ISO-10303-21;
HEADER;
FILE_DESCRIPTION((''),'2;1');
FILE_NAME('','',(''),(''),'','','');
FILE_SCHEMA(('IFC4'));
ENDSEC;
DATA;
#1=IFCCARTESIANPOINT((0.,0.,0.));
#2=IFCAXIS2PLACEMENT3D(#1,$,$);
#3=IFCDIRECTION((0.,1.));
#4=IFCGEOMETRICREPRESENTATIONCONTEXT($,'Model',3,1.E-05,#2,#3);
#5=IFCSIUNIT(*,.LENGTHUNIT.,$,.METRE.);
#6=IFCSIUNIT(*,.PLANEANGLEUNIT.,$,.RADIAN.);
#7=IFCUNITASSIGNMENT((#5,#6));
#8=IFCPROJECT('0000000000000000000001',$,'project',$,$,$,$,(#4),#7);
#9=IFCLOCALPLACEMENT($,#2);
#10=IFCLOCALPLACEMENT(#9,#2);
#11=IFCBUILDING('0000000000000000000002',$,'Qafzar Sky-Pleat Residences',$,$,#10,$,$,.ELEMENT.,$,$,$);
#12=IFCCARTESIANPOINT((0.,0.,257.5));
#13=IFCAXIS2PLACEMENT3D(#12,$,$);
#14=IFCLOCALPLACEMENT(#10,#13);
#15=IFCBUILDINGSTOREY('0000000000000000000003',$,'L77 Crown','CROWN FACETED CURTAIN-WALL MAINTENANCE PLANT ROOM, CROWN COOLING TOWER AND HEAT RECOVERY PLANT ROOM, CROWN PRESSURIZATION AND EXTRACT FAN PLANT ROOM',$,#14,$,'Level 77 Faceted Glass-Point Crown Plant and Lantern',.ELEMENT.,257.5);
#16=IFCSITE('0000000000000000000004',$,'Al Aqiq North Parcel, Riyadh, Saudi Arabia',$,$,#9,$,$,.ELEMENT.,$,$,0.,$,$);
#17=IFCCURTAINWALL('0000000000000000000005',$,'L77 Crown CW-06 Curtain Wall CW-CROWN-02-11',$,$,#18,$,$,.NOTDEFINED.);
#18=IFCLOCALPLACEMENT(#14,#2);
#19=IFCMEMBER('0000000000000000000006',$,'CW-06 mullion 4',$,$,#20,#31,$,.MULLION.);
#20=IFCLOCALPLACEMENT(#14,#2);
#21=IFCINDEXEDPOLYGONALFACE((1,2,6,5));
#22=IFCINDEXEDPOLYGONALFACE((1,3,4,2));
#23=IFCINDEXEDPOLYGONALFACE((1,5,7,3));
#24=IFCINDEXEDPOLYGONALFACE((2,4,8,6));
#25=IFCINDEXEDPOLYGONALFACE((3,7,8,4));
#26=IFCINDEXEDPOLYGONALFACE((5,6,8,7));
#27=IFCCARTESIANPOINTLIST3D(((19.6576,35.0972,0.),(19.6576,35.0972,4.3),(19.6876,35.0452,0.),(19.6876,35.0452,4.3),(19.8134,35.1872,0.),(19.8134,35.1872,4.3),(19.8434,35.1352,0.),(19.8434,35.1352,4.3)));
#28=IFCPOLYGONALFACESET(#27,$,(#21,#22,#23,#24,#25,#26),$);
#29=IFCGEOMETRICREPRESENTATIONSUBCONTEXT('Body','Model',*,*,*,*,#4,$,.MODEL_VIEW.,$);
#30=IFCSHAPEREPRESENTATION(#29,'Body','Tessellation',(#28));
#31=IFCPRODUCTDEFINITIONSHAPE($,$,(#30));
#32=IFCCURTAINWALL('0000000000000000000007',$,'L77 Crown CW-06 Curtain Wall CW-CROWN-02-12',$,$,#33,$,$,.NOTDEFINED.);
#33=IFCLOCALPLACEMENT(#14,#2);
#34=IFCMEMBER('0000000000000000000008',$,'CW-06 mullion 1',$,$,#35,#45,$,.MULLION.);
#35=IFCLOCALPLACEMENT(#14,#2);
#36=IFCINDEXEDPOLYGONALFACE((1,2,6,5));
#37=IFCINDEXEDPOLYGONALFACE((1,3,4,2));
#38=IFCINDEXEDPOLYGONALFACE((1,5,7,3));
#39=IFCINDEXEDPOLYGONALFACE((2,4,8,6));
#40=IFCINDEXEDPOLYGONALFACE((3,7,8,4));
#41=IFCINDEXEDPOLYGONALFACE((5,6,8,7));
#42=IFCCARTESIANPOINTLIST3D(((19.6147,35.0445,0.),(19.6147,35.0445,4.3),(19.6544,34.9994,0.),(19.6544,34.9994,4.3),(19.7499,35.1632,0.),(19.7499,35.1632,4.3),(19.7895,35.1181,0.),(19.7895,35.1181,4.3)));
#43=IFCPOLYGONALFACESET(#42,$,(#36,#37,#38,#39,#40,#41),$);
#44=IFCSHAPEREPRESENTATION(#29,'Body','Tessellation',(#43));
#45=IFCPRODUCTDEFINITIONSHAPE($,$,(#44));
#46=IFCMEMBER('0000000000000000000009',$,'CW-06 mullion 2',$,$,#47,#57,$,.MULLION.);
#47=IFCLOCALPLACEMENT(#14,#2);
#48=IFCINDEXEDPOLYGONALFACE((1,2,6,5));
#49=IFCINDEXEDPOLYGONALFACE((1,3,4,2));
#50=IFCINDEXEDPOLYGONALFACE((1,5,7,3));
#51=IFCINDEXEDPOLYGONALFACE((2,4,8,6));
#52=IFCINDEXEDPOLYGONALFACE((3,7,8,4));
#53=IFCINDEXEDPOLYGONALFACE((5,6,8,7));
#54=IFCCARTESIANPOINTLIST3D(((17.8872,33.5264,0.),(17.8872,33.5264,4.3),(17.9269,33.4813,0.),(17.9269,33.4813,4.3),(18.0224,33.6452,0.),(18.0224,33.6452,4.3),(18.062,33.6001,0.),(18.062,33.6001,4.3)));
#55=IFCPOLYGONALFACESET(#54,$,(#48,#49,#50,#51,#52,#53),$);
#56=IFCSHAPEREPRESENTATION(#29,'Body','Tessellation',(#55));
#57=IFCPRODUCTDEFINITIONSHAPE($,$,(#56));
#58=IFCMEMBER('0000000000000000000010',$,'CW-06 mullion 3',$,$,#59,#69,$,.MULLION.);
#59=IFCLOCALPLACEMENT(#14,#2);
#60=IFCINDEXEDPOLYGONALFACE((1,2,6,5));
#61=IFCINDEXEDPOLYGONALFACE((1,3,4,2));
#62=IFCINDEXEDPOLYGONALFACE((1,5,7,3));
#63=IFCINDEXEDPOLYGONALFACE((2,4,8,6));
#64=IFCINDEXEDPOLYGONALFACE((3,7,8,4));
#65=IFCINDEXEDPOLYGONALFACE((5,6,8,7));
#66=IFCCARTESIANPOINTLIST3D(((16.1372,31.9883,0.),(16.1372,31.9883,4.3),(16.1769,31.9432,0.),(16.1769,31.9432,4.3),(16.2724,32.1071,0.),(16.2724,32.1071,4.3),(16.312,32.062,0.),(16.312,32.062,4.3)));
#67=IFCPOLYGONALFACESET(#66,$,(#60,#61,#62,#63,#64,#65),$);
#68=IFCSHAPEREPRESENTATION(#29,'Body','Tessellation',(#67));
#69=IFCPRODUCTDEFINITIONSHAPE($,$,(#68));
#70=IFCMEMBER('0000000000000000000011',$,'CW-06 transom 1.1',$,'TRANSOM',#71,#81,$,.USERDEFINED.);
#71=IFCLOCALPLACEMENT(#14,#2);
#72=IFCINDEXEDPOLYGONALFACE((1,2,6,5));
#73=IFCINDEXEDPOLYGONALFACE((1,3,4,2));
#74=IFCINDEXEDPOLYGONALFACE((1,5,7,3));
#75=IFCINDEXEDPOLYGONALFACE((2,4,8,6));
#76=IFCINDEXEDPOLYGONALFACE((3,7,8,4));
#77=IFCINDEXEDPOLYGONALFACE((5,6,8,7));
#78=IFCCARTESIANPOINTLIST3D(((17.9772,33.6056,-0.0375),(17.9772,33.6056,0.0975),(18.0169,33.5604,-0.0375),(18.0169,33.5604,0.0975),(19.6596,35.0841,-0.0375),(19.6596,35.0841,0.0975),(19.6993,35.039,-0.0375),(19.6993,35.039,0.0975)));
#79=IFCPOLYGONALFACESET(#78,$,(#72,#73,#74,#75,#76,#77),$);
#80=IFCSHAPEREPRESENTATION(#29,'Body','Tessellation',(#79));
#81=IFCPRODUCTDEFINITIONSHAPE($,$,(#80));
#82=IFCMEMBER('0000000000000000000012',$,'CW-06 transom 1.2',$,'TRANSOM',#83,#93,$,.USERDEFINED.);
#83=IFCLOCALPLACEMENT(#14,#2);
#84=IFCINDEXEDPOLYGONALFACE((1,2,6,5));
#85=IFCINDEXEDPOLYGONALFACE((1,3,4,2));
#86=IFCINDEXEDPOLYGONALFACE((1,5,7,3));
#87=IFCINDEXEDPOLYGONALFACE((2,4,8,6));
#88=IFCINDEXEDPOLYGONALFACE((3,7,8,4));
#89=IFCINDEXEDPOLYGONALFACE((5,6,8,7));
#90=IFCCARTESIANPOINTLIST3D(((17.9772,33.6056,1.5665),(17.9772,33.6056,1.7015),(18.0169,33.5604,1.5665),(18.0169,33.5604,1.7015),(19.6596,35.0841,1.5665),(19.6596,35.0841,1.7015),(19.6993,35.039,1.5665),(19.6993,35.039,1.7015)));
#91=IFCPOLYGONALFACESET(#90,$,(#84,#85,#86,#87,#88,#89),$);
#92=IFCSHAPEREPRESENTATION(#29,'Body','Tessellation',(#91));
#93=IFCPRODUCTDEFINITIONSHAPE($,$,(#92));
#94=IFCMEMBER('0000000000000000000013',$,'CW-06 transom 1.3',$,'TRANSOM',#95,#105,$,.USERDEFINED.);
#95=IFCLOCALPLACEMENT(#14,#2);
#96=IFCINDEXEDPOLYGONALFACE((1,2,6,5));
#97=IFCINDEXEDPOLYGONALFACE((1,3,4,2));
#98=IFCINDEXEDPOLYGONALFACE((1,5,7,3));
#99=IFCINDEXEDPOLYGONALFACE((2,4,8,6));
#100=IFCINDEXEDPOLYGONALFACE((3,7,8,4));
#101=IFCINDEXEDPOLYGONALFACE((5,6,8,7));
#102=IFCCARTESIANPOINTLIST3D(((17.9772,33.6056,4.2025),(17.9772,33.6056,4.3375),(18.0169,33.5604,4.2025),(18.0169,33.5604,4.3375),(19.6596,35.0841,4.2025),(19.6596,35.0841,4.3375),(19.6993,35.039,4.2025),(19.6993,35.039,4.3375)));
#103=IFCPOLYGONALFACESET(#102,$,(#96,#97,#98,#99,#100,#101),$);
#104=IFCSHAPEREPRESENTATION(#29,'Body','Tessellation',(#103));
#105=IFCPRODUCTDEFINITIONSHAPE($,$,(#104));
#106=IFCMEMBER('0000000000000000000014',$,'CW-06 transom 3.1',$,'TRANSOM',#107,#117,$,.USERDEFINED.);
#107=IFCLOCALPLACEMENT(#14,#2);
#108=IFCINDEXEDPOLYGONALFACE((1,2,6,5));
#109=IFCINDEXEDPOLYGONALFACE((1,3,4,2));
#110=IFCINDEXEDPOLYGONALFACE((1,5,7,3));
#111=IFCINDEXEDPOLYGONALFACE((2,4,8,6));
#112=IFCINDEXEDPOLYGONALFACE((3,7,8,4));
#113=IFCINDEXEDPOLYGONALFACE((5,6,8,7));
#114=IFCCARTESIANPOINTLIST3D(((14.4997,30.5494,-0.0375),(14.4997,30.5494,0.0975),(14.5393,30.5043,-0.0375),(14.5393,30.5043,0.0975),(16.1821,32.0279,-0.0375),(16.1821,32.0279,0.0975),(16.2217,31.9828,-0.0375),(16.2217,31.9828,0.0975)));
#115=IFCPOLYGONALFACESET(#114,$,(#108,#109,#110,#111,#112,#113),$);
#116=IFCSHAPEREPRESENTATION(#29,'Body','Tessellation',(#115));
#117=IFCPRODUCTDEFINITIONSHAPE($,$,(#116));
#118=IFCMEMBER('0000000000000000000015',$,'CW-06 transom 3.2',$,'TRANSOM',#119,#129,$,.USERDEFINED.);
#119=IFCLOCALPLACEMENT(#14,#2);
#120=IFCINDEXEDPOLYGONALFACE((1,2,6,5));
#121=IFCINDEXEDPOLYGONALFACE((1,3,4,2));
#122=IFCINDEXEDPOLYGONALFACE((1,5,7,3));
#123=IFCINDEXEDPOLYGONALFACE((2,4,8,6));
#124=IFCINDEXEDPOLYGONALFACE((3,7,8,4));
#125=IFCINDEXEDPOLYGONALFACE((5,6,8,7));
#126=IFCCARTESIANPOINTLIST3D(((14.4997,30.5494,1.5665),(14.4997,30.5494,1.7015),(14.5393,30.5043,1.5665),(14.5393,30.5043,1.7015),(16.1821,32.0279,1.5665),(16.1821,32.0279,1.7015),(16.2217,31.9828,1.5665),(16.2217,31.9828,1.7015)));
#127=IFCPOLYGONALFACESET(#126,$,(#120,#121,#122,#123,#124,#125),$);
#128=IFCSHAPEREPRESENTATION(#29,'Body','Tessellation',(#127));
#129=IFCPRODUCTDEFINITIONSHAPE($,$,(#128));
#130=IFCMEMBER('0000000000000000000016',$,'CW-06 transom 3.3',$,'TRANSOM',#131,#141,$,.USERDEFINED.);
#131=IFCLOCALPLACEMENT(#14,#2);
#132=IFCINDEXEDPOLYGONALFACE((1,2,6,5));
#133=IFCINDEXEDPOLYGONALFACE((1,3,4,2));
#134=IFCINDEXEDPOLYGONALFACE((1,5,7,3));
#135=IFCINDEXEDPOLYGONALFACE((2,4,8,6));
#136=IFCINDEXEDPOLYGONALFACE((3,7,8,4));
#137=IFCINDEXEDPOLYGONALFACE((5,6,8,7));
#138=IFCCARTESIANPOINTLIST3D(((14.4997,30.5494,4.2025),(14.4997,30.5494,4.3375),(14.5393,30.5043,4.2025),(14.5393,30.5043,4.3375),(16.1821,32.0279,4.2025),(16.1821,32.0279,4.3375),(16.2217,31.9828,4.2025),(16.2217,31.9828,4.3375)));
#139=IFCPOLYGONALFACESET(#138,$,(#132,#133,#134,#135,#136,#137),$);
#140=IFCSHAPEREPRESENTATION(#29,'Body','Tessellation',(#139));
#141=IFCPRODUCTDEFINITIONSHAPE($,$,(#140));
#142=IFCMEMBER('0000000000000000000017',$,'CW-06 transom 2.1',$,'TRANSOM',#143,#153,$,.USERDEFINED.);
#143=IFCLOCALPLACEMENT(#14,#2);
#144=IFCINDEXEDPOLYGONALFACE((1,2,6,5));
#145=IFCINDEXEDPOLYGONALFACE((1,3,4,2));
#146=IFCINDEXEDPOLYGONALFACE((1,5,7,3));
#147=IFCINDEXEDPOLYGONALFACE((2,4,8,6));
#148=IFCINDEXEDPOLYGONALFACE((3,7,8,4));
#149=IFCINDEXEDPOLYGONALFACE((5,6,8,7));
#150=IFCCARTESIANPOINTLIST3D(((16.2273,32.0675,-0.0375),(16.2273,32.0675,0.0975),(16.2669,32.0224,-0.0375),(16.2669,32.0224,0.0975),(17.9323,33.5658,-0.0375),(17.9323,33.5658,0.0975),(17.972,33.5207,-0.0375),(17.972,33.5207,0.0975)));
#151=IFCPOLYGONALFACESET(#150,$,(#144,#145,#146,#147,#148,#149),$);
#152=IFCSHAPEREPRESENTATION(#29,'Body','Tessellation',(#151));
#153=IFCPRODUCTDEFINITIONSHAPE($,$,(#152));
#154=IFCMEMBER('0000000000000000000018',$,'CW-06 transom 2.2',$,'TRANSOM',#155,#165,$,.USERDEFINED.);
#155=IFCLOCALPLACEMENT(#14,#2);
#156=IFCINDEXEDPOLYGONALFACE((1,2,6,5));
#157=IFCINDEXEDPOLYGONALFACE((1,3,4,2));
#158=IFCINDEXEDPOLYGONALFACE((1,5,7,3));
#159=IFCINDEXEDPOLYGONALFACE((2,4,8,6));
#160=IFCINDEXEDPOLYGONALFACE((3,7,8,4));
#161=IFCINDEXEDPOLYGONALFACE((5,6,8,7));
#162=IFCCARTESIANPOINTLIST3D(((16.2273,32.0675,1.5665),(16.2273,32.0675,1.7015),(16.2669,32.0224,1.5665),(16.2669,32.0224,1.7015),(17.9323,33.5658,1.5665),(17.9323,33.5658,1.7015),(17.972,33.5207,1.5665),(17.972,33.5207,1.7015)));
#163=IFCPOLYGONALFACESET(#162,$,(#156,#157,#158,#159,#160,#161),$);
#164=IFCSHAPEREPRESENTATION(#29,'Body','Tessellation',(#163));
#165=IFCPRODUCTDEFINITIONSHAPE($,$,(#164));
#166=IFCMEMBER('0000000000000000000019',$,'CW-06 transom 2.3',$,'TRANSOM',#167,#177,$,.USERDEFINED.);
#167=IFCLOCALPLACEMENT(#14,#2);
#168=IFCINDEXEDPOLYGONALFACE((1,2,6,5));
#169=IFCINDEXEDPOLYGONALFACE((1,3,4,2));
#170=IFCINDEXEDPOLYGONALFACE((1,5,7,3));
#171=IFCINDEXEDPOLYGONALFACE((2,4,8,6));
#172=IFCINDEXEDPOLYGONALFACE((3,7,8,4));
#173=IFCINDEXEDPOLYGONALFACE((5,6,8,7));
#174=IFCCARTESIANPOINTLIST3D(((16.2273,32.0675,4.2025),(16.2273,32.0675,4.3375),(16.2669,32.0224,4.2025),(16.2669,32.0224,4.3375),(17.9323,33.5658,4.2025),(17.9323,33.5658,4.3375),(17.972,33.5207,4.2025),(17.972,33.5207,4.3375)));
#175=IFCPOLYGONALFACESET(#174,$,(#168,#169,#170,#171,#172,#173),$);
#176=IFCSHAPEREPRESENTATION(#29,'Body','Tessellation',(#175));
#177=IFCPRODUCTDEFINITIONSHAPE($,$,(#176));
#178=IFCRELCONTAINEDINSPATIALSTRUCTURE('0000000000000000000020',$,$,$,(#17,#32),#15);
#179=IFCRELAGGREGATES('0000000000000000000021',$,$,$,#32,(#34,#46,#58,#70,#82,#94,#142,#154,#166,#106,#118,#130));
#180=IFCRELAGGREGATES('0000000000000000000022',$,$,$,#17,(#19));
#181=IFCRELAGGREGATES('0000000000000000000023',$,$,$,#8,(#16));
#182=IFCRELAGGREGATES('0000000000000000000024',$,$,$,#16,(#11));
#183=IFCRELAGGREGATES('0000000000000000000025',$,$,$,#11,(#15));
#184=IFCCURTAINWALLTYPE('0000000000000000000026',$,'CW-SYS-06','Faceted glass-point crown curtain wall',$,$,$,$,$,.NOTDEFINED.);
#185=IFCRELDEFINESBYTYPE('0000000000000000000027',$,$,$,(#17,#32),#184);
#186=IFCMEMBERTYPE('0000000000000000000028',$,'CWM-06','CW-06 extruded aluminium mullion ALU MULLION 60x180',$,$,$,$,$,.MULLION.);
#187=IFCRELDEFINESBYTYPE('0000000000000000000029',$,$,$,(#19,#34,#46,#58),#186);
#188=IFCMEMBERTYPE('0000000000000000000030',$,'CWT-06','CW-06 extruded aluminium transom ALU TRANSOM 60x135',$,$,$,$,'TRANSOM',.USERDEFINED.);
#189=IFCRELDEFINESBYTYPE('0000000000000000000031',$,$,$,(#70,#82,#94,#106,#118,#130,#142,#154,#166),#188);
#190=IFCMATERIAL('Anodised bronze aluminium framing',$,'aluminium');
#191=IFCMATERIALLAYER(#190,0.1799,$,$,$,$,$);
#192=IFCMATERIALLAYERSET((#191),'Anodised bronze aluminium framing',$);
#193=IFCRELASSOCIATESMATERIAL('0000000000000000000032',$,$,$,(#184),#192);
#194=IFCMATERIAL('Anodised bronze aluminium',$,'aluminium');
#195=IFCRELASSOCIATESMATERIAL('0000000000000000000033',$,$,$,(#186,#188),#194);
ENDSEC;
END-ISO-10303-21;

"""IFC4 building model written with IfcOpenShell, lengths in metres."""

from ifc_helpers import new_model, si_unit, direction, frame, origin, origin_2d, place, context, subcontext, project, spatial, rectangle, extrude, source, transform, mapped, material, layer, layer_set, material_profile, profile_set, type_object, element, aggregate, save


model = new_model("IFC4")

# Units and contexts
model_context = context("Model", 3, precision=1e-05, world=origin(), true_north=direction((0.0, 1.0)))
body_context = subcontext(model_context, "Body", "Model", "MODEL_VIEW")
ifc_project = project(units=[si_unit("LENGTHUNIT", "METRE"), si_unit("PLANEANGLEUNIT", "RADIAN")], contexts=[model_context])

# Site, building, storey
site_placement = place(None, origin())
site = spatial("IfcSite", under=ifc_project, at=site_placement, Name="Al Aqiq North Parcel, Riyadh, Saudi Arabia", CompositionType="ELEMENT", RefElevation=0.0)
building_placement = place(site_placement, origin())
building = spatial("IfcBuilding", under=site, at=building_placement, Name="Qafzar Sky-Pleat Residences", CompositionType="ELEMENT")
storey_placement = place(building_placement, frame((0.0, 0.0, 257.5)))
storey = spatial("IfcBuildingStorey", under=building, at=storey_placement, Name="L77 Crown", Description="CROWN FACETED CURTAIN-WALL MAINTENANCE PLANT ROOM, CROWN COOLING TOWER AND HEAT RECOVERY PLANT ROOM, CROWN PRESSURIZATION AND EXTRACT FAN PLANT ROOM", LongName="Level 77 Faceted Glass-Point Crown Plant and Lantern", CompositionType="ELEMENT", Elevation=257.5)

# Curtain wall, member
ifc_material_1 = material(Name="Anodised bronze aluminium framing", Category="aluminium")
ifc_layer_1 = layer(ifc_material_1, 0.1799)
ifc_layer_set_1 = layer_set([ifc_layer_1], Name="Anodised bronze aluminium framing")
curtain_wall_type = type_object("IfcCurtainWallType", Name="CW-SYS-06", Description="Faceted glass-point crown curtain wall", PredefinedType="NOTDEFINED", material=ifc_layer_set_1)
curtain_wall_1_placement = place(storey_placement, origin())
curtain_wall_1 = element("IfcCurtainWall", 1, at=curtain_wall_1_placement, inside=storey, type_object=curtain_wall_type, Name="L77 Crown CW-06 Curtain Wall CW-CROWN-02-11", PredefinedType="NOTDEFINED")
ifc_material_2 = material(Name="Anodised bronze aluminium", Category="aluminium")
ifc_material_profile_1 = material_profile(ifc_material_2, rectangle(XDim=0.0601, YDim=0.1799, at=origin_2d()), Name="ALU MULLION 60x180")
ifc_profile_set_1 = profile_set([ifc_material_profile_1], Name="Anodised bronze aluminium")
member_type_1 = type_object("IfcMemberType", Name="CWM-06", Description="CW-06 extruded aluminium mullion ALU MULLION 60x180", PredefinedType="MULLION", material=ifc_profile_set_1)
shared_shape_1 = source(origin(), body_context, "Body", "SweptSolid", [
    extrude(rectangle(XDim=0.0601, YDim=0.1799, at=origin_2d()), origin(), (0.0, 0.0, 1.0), 4.3),
])
member_1_placement = place(storey_placement, frame((19.7505, 35.1162, 0.0), z_axis=(0.0, 0.0, 1.0), x_axis=(0.499999, -0.866026, 0.0)))
member_1 = element("IfcMember", 2, at=member_1_placement, type_object=member_type_1, Name="CW-06 mullion 4", PredefinedType="MULLION", context=body_context, shape_type="MappedRepresentation", body=[
    mapped(shared_shape_1, transform((0.0, 0.0, 0.0), x_axis=(1.0, 0.0, 0.0), y_axis=(0.0, 1.0, 0.0), z_axis=(0.0, 0.0, 1.0), scale=1.0)),
])

# Curtain wall, members
curtain_wall_2_placement = place(storey_placement, origin())
curtain_wall_2 = element("IfcCurtainWall", 3, at=curtain_wall_2_placement, inside=storey, type_object=curtain_wall_type, Name="L77 Crown CW-06 Curtain Wall CW-CROWN-02-12", PredefinedType="NOTDEFINED")
member_2_placement = place(storey_placement, frame((19.7021, 35.0813, 0.0), z_axis=(0.0, 0.0, 1.0), x_axis=(0.660129, -0.751152, 0.0)))
member_2 = element("IfcMember", 4, at=member_2_placement, type_object=member_type_1, Name="CW-06 mullion 1", PredefinedType="MULLION", context=body_context, shape_type="MappedRepresentation", body=[
    mapped(shared_shape_1, transform((0.0, 0.0, 0.0), x_axis=(1.0, 0.0, 0.0), y_axis=(0.0, 1.0, 0.0), z_axis=(0.0, 0.0, 1.0), scale=1.0)),
])
member_3_placement = place(storey_placement, frame((17.9746, 33.5632, 0.0), z_axis=(0.0, 0.0, 1.0), x_axis=(0.660129, -0.751152, 0.0)))
member_3 = element("IfcMember", 5, at=member_3_placement, type_object=member_type_1, Name="CW-06 mullion 2", PredefinedType="MULLION", context=body_context, shape_type="MappedRepresentation", body=[
    mapped(shared_shape_1, transform((0.0, 0.0, 0.0), x_axis=(1.0, 0.0, 0.0), y_axis=(0.0, 1.0, 0.0), z_axis=(0.0, 0.0, 1.0), scale=1.0)),
])
member_4_placement = place(storey_placement, frame((16.2246, 32.0251, 0.0), z_axis=(0.0, 0.0, 1.0), x_axis=(0.660129, -0.751152, 0.0)))
member_4 = element("IfcMember", 6, at=member_4_placement, type_object=member_type_1, Name="CW-06 mullion 3", PredefinedType="MULLION", context=body_context, shape_type="MappedRepresentation", body=[
    mapped(shared_shape_1, transform((0.0, 0.0, 0.0), x_axis=(1.0, 0.0, 0.0), y_axis=(0.0, 1.0, 0.0), z_axis=(0.0, 0.0, 1.0), scale=1.0)),
])
ifc_material_profile_2 = material_profile(ifc_material_2, rectangle(XDim=0.0601, YDim=0.135, at=origin_2d()), Name="ALU TRANSOM 60x135")
ifc_profile_set_2 = profile_set([ifc_material_profile_2], Name="Anodised bronze aluminium")
member_type_2 = type_object("IfcMemberType", Name="CWT-06", Description="CW-06 extruded aluminium transom ALU TRANSOM 60x135", ElementType="TRANSOM", PredefinedType="USERDEFINED", material=ifc_profile_set_2)
shared_shape_2 = source(origin(), body_context, "Body", "SweptSolid", [
    extrude(rectangle(XDim=0.0601, YDim=0.135, at=origin_2d()), origin(), (0.0, 0.0, 1.0), 2.2397),
])
member_5_placement = place(storey_placement, frame((19.6794, 35.0615, 0.03), z_axis=(-0.75115, -0.660131, 0.0), x_axis=(0.660131, -0.75115, 0.0)))
member_5 = element("IfcMember", 7, at=member_5_placement, type_object=member_type_2, Name="CW-06 transom 1.1", ObjectType="TRANSOM", PredefinedType="USERDEFINED", context=body_context, shape_type="MappedRepresentation", body=[
    mapped(shared_shape_2, transform((0.0, 0.0, 0.0), x_axis=(1.0, 0.0, 0.0), y_axis=(0.0, 1.0, 0.0), z_axis=(0.0, 0.0, 1.0), scale=1.0)),
])
member_6_placement = place(storey_placement, frame((19.6794, 35.0615, 1.634), z_axis=(-0.75115, -0.660131, 0.0), x_axis=(0.660131, -0.75115, 0.0)))
member_6 = element("IfcMember", 8, at=member_6_placement, type_object=member_type_2, Name="CW-06 transom 1.2", ObjectType="TRANSOM", PredefinedType="USERDEFINED", context=body_context, shape_type="MappedRepresentation", body=[
    mapped(shared_shape_2, transform((0.0, 0.0, 0.0), x_axis=(1.0, 0.0, 0.0), y_axis=(0.0, 1.0, 0.0), z_axis=(0.0, 0.0, 1.0), scale=1.0)),
])
member_7_placement = place(storey_placement, frame((19.6794, 35.0615, 4.27), z_axis=(-0.75115, -0.660131, 0.0), x_axis=(0.660131, -0.75115, 0.0)))
member_7 = element("IfcMember", 9, at=member_7_placement, type_object=member_type_2, Name="CW-06 transom 1.3", ObjectType="TRANSOM", PredefinedType="USERDEFINED", context=body_context, shape_type="MappedRepresentation", body=[
    mapped(shared_shape_2, transform((0.0, 0.0, 0.0), x_axis=(1.0, 0.0, 0.0), y_axis=(0.0, 1.0, 0.0), z_axis=(0.0, 0.0, 1.0), scale=1.0)),
])
member_8_placement = place(storey_placement, frame((16.2019, 32.0054, 0.03), z_axis=(-0.75115, -0.660131, 0.0), x_axis=(0.660131, -0.75115, 0.0)))
member_8 = element("IfcMember", 10, at=member_8_placement, type_object=member_type_2, Name="CW-06 transom 3.1", ObjectType="TRANSOM", PredefinedType="USERDEFINED", context=body_context, shape_type="MappedRepresentation", body=[
    mapped(shared_shape_2, transform((0.0, 0.0, 0.0), x_axis=(1.0, 0.0, 0.0), y_axis=(0.0, 1.0, 0.0), z_axis=(0.0, 0.0, 1.0), scale=1.0)),
])
member_9_placement = place(storey_placement, frame((16.2019, 32.0054, 1.634), z_axis=(-0.75115, -0.660131, 0.0), x_axis=(0.660131, -0.75115, 0.0)))
member_9 = element("IfcMember", 11, at=member_9_placement, type_object=member_type_2, Name="CW-06 transom 3.2", ObjectType="TRANSOM", PredefinedType="USERDEFINED", context=body_context, shape_type="MappedRepresentation", body=[
    mapped(shared_shape_2, transform((0.0, 0.0, 0.0), x_axis=(1.0, 0.0, 0.0), y_axis=(0.0, 1.0, 0.0), z_axis=(0.0, 0.0, 1.0), scale=1.0)),
])
member_10_placement = place(storey_placement, frame((16.2019, 32.0054, 4.27), z_axis=(-0.75115, -0.660131, 0.0), x_axis=(0.660131, -0.75115, 0.0)))
member_10 = element("IfcMember", 12, at=member_10_placement, type_object=member_type_2, Name="CW-06 transom 3.3", ObjectType="TRANSOM", PredefinedType="USERDEFINED", context=body_context, shape_type="MappedRepresentation", body=[
    mapped(shared_shape_2, transform((0.0, 0.0, 0.0), x_axis=(1.0, 0.0, 0.0), y_axis=(0.0, 1.0, 0.0), z_axis=(0.0, 0.0, 1.0), scale=1.0)),
])
shared_shape_3 = source(origin(), body_context, "Body", "SweptSolid", [
    extrude(rectangle(XDim=0.0601, YDim=0.135, at=origin_2d()), origin(), (0.0, 0.0, 1.0), 2.2698),
])
member_11_placement = place(storey_placement, frame((17.9521, 33.5432, 0.03), z_axis=(-0.751189, -0.660087, 0.0), x_axis=(0.660087, -0.751189, 0.0)))
member_11 = element("IfcMember", 13, at=member_11_placement, type_object=member_type_2, Name="CW-06 transom 2.1", ObjectType="TRANSOM", PredefinedType="USERDEFINED", context=body_context, shape_type="MappedRepresentation", body=[
    mapped(shared_shape_3, transform((0.0, 0.0, 0.0), x_axis=(1.0, 0.0, 0.0), y_axis=(0.0, 1.0, 0.0), z_axis=(0.0, 0.0, 1.0), scale=1.0)),
])
member_12_placement = place(storey_placement, frame((17.9521, 33.5432, 1.634), z_axis=(-0.751189, -0.660087, 0.0), x_axis=(0.660087, -0.751189, 0.0)))
member_12 = element("IfcMember", 14, at=member_12_placement, type_object=member_type_2, Name="CW-06 transom 2.2", ObjectType="TRANSOM", PredefinedType="USERDEFINED", context=body_context, shape_type="MappedRepresentation", body=[
    mapped(shared_shape_3, transform((0.0, 0.0, 0.0), x_axis=(1.0, 0.0, 0.0), y_axis=(0.0, 1.0, 0.0), z_axis=(0.0, 0.0, 1.0), scale=1.0)),
])
member_13_placement = place(storey_placement, frame((17.9521, 33.5432, 4.27), z_axis=(-0.751189, -0.660087, 0.0), x_axis=(0.660087, -0.751189, 0.0)))
member_13 = element("IfcMember", 15, at=member_13_placement, type_object=member_type_2, Name="CW-06 transom 2.3", ObjectType="TRANSOM", PredefinedType="USERDEFINED", context=body_context, shape_type="MappedRepresentation", body=[
    mapped(shared_shape_3, transform((0.0, 0.0, 0.0), x_axis=(1.0, 0.0, 0.0), y_axis=(0.0, 1.0, 0.0), z_axis=(0.0, 0.0, 1.0), scale=1.0)),
])
aggregate(curtain_wall_2, [member_2, member_3, member_4, member_5, member_6, member_7, member_11, member_12, member_13, member_8, member_9, member_10])

aggregate(curtain_wall_1, [member_1])

save(model, "model.ifc")
